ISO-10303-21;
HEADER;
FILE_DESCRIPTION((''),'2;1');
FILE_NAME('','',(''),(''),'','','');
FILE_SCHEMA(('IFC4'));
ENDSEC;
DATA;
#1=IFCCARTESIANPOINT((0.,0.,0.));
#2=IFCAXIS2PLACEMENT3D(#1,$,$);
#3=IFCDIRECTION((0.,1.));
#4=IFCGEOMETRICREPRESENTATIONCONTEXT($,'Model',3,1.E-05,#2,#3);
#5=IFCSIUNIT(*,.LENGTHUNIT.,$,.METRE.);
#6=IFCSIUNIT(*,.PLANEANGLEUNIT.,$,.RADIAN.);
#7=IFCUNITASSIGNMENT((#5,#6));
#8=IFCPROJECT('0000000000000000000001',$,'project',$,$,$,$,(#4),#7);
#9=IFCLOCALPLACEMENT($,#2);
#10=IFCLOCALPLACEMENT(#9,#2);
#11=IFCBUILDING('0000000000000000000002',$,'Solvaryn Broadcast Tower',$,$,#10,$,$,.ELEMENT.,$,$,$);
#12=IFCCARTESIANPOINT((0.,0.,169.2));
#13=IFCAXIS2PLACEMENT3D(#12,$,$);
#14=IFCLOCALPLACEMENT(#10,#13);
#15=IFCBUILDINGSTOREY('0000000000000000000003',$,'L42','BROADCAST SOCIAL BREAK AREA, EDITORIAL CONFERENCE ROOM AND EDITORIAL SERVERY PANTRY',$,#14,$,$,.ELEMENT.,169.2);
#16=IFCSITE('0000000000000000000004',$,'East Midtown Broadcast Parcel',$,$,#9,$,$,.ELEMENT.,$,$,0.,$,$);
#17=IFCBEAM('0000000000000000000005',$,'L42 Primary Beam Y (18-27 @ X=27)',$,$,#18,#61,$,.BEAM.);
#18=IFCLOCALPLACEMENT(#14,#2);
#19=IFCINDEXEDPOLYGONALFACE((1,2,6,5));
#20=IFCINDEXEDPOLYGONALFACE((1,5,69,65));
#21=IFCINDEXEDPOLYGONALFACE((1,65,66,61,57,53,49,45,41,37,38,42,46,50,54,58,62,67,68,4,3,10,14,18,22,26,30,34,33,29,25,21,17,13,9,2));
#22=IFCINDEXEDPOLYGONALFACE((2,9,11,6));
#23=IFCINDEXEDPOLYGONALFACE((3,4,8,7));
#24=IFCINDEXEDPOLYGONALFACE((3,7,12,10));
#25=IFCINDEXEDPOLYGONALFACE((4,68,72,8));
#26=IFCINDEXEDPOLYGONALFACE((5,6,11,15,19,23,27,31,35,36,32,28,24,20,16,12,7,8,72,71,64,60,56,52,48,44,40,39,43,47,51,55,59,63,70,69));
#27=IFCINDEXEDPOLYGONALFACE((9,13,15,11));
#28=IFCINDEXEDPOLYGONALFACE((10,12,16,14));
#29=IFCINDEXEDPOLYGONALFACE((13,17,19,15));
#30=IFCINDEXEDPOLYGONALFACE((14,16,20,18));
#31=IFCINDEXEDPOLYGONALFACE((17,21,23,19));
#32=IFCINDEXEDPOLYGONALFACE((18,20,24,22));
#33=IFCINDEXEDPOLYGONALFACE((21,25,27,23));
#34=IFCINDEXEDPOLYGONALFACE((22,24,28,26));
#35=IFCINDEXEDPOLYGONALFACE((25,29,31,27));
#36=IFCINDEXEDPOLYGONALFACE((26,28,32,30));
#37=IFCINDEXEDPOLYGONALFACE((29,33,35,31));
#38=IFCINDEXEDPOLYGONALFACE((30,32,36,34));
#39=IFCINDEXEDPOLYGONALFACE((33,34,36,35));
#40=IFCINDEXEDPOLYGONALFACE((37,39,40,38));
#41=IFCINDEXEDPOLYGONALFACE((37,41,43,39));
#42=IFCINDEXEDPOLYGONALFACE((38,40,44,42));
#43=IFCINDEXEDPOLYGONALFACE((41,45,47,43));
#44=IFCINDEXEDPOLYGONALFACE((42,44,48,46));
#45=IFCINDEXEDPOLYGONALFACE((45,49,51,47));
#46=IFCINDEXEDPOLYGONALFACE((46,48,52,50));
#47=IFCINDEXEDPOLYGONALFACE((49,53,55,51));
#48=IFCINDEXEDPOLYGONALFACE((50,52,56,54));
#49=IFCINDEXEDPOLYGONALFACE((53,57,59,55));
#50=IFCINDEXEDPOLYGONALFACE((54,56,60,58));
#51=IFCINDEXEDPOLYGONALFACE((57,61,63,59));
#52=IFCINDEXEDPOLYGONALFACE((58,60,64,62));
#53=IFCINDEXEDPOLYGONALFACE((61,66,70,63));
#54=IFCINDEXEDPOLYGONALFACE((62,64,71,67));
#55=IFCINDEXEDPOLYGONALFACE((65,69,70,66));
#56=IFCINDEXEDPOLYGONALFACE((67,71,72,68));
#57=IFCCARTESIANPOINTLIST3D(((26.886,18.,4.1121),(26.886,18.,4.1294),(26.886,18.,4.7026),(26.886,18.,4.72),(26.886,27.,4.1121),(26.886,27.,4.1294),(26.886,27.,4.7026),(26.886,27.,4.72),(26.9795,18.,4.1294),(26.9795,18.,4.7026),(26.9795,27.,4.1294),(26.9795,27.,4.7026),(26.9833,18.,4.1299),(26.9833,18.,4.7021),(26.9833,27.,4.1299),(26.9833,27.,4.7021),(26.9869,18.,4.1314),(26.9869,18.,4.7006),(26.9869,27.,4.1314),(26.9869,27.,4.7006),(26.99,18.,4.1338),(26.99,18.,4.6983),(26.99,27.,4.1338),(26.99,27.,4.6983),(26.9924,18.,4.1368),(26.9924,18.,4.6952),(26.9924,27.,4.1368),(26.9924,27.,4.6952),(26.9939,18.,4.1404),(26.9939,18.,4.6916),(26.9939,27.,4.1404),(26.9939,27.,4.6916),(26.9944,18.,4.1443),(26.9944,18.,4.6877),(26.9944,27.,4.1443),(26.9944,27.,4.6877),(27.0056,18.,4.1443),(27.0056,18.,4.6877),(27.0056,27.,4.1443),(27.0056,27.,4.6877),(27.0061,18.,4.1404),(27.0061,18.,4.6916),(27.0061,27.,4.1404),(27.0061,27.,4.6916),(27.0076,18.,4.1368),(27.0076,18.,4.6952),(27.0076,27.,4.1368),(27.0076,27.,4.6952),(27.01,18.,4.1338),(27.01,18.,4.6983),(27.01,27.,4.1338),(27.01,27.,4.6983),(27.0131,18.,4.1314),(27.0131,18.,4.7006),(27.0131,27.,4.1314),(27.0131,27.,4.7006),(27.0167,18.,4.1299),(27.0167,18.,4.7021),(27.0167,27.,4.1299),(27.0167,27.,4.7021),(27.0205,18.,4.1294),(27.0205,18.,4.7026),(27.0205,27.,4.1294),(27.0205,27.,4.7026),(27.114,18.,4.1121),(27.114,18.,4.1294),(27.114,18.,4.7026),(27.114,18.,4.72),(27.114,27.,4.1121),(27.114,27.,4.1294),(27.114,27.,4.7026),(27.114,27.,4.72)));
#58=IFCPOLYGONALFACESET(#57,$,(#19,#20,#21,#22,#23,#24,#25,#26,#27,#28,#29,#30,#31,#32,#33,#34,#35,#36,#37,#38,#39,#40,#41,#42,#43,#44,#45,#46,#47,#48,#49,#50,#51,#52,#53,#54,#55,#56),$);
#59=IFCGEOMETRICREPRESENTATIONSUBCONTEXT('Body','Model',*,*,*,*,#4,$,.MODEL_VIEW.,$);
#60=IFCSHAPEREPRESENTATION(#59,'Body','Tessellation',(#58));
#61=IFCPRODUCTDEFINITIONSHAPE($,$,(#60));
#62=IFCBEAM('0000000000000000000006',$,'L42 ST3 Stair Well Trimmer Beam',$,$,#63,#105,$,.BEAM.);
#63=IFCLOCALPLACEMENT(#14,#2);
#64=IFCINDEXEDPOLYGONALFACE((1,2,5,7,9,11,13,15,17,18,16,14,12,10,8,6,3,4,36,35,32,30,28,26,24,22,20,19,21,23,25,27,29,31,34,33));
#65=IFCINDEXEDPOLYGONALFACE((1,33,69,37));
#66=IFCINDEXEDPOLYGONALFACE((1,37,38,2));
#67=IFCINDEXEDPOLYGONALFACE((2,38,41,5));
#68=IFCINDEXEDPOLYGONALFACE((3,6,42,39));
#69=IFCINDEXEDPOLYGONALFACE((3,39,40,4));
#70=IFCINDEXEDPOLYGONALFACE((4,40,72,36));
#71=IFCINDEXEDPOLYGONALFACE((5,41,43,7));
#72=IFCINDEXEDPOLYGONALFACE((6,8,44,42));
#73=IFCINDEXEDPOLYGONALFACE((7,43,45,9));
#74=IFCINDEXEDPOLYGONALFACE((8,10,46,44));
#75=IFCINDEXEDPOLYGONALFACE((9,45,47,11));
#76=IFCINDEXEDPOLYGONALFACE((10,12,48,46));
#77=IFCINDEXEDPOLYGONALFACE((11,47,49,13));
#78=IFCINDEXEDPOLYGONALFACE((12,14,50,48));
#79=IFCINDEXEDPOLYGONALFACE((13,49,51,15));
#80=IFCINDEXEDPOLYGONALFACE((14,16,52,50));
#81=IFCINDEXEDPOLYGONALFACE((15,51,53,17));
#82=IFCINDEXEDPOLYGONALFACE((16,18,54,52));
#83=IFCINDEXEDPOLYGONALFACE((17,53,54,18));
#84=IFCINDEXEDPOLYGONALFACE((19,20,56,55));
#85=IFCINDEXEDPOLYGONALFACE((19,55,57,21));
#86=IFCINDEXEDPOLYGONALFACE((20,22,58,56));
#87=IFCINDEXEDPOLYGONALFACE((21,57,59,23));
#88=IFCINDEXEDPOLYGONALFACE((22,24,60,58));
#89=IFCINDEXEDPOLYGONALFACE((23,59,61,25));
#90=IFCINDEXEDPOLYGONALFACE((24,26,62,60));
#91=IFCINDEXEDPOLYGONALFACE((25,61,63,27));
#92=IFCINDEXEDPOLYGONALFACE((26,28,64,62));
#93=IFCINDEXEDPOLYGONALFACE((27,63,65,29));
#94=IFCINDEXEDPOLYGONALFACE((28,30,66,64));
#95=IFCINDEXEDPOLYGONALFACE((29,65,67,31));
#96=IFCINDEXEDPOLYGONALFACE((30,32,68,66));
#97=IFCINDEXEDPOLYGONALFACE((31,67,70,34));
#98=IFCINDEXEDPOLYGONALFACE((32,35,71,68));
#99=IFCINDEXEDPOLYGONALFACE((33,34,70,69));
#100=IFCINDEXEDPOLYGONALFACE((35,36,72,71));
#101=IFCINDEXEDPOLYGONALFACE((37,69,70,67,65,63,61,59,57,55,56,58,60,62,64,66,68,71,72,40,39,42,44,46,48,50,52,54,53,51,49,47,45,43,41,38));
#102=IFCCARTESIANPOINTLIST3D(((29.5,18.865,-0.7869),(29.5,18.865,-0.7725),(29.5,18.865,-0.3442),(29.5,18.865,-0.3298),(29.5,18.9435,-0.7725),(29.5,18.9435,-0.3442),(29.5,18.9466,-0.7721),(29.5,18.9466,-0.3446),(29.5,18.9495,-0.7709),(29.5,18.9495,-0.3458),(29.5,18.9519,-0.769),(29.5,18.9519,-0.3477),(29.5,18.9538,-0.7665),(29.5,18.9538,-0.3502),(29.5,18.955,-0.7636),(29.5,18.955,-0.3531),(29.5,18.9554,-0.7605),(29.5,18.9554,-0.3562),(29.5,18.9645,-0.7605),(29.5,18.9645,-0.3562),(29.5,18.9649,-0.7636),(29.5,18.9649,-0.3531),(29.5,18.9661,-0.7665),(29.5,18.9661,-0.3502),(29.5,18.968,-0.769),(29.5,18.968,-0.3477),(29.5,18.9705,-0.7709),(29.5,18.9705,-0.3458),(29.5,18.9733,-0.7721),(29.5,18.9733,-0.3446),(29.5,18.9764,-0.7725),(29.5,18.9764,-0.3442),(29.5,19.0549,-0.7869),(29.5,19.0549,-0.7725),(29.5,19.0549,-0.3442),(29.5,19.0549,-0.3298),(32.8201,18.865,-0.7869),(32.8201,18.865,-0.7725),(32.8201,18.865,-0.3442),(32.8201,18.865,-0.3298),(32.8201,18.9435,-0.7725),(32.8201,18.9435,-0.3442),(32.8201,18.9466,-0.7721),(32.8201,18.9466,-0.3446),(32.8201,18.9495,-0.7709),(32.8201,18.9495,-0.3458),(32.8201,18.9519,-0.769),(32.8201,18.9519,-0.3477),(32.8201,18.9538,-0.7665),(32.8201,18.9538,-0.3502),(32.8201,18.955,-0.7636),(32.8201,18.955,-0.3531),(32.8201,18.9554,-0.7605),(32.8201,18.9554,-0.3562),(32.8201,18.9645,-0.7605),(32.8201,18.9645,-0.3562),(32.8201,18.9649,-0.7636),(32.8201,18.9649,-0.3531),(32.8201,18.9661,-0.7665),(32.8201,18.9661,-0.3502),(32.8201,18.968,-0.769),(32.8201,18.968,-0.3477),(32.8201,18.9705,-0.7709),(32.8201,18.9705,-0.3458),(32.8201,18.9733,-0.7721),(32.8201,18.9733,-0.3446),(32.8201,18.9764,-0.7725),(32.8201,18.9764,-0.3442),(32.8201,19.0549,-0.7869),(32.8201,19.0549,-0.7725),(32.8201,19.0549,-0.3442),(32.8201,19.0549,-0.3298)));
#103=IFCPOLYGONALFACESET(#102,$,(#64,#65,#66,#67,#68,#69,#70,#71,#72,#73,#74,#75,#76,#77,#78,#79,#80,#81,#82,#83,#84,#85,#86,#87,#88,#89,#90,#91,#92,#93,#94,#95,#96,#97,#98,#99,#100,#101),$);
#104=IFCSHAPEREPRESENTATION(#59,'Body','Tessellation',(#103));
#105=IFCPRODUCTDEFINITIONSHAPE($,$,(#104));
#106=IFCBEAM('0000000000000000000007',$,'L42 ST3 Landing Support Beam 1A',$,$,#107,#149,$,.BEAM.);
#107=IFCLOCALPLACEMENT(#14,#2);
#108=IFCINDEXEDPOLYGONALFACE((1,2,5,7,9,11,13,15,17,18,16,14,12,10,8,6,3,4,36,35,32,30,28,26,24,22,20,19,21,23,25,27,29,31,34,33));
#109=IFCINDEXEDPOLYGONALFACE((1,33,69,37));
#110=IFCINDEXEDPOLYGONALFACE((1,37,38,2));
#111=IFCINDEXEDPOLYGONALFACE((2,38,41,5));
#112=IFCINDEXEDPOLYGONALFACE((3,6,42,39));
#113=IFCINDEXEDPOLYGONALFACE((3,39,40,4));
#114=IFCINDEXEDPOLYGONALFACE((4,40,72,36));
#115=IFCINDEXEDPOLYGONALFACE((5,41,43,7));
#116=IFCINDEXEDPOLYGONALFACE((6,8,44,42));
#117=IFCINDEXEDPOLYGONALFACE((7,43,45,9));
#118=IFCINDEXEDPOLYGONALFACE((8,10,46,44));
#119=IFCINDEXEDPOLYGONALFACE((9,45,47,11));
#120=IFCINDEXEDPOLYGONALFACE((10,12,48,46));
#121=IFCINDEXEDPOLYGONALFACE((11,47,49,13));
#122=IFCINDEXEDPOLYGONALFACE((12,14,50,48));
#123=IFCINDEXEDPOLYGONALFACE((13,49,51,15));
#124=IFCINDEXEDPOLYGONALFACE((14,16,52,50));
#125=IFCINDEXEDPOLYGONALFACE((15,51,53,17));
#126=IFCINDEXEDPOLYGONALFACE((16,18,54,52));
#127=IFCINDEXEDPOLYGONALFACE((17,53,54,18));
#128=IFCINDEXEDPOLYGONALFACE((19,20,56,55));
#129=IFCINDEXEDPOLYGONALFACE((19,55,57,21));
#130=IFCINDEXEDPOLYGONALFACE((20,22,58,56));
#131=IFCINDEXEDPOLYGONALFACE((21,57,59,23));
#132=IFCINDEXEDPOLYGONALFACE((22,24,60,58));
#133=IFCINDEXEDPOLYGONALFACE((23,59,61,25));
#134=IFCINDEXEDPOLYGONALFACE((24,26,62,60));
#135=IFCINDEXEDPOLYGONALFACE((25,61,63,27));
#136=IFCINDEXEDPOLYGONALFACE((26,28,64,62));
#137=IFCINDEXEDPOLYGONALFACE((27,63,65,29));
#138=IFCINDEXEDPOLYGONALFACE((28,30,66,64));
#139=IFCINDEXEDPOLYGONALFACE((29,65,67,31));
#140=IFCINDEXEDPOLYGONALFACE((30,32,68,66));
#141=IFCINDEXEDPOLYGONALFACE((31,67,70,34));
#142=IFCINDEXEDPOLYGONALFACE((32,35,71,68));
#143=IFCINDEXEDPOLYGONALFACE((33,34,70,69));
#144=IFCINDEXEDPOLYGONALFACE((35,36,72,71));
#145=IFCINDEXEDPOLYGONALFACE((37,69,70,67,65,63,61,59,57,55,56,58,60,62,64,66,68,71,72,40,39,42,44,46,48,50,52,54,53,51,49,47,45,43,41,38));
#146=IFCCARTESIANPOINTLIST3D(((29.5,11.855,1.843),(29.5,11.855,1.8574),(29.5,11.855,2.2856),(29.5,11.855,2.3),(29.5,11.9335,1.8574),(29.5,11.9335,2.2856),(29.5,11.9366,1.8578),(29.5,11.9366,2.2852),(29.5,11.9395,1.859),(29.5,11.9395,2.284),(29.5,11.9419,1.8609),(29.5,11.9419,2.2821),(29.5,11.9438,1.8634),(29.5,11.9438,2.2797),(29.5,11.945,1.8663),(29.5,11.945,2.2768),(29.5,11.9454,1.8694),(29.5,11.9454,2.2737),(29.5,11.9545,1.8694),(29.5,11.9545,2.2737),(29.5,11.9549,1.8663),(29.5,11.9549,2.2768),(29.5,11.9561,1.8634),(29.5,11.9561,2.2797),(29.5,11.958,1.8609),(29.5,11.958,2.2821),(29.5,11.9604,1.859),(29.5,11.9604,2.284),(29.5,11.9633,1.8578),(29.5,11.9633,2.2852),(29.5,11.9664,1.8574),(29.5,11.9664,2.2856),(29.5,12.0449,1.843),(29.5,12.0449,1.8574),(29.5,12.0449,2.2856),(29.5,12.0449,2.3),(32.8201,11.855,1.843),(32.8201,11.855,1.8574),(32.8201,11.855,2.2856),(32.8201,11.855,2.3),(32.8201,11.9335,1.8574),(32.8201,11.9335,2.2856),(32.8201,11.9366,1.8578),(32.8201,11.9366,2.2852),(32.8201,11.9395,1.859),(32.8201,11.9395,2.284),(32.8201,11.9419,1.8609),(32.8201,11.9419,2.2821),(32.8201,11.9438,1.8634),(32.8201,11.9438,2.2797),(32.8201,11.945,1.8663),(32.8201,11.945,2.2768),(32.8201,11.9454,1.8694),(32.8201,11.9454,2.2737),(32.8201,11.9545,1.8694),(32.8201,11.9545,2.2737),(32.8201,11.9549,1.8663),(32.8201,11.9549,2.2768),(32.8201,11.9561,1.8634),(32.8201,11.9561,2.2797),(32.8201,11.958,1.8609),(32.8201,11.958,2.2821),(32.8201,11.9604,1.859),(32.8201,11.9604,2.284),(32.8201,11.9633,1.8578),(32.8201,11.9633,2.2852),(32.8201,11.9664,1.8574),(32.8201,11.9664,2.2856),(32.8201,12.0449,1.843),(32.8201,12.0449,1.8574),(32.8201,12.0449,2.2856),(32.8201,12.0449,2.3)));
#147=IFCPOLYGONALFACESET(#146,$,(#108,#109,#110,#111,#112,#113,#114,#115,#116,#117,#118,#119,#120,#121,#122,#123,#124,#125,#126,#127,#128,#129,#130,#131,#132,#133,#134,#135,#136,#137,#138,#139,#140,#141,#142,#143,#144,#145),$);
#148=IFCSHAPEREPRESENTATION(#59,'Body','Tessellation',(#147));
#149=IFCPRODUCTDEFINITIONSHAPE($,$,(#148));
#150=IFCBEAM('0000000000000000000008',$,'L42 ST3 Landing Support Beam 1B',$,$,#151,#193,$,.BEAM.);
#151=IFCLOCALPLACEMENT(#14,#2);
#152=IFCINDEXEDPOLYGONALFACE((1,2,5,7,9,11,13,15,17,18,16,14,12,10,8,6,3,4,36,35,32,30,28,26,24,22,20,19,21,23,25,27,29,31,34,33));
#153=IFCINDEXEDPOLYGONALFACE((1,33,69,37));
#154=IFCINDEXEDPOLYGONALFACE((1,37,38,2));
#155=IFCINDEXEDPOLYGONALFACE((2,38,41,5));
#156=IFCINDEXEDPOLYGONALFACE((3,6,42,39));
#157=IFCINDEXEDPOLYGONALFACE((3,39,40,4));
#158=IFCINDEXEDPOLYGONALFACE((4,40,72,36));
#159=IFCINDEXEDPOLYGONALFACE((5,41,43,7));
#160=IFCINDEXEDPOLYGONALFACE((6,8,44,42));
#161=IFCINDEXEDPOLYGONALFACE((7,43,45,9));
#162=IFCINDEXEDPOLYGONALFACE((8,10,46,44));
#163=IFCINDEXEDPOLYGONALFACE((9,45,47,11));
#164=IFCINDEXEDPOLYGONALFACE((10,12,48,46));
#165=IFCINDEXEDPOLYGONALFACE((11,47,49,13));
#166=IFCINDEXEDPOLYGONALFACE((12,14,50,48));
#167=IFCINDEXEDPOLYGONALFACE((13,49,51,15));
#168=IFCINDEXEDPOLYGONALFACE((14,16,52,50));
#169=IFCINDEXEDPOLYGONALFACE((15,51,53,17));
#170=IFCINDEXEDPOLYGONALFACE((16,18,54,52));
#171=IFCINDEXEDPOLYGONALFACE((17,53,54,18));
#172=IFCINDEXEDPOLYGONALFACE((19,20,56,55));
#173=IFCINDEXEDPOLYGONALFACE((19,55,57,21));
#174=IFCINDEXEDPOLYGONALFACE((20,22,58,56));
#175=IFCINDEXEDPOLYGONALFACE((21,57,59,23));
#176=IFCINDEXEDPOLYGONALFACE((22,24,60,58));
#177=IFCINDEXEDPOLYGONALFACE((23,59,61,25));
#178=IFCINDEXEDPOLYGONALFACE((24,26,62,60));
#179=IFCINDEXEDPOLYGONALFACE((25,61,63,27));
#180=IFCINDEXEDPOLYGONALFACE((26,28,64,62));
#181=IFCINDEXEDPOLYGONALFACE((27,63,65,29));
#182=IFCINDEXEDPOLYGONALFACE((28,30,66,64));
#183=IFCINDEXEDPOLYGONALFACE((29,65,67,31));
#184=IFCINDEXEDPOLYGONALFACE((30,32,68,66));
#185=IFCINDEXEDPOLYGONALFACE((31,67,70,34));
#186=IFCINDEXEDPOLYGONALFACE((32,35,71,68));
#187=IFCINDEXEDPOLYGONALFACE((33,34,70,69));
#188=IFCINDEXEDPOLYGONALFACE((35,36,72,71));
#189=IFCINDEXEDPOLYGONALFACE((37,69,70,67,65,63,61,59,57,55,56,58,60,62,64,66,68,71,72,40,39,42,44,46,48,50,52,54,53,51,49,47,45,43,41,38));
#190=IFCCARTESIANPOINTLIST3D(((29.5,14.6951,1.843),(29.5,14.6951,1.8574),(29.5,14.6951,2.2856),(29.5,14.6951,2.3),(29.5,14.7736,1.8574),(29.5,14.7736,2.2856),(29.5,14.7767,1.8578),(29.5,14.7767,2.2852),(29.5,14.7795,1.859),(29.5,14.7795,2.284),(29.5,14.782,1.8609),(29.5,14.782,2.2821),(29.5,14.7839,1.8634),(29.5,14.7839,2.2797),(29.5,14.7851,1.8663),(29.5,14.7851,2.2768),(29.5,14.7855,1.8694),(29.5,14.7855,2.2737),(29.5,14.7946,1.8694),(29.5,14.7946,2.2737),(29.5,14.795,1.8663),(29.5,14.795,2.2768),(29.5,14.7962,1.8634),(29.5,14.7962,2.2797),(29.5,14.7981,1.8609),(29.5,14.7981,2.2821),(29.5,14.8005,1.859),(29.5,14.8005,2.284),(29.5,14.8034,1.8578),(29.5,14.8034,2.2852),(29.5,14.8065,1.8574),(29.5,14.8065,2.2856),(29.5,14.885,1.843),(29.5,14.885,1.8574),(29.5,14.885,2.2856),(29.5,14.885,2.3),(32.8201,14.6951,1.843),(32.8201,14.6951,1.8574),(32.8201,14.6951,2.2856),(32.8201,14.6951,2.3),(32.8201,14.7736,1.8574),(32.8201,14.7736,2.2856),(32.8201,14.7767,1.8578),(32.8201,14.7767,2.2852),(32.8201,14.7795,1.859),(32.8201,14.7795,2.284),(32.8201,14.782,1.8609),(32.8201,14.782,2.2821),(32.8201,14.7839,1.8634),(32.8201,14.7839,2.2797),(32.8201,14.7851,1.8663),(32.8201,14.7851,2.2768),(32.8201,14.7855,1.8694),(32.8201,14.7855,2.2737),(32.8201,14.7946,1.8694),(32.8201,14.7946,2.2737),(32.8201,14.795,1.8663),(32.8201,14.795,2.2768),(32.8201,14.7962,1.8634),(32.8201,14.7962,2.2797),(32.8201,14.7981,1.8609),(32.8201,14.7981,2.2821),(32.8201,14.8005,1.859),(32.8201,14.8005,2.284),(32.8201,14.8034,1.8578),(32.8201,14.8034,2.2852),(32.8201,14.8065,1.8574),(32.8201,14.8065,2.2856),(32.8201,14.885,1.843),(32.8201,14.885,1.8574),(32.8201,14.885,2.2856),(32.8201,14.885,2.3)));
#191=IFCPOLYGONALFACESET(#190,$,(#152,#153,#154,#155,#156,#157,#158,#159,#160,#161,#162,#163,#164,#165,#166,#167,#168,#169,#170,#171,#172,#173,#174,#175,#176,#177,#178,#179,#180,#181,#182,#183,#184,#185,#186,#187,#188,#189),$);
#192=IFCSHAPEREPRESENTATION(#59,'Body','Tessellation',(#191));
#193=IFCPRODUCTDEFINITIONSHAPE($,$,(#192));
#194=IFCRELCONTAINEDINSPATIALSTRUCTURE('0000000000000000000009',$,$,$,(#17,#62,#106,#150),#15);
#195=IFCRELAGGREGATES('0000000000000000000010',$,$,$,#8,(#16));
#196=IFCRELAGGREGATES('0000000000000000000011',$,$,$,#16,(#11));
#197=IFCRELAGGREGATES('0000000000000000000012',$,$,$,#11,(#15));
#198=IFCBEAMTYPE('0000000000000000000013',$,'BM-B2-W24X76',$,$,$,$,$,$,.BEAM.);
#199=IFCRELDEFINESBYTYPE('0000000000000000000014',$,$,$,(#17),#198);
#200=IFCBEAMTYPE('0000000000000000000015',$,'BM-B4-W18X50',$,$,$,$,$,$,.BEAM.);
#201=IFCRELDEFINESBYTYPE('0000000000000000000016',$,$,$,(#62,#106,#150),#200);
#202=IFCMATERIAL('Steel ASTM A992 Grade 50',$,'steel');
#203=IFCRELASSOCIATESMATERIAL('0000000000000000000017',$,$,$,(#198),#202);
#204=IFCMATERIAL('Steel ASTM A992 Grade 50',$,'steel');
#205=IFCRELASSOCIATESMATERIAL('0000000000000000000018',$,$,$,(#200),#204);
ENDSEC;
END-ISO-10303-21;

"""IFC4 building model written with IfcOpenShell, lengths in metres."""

from ifc_helpers import new_model, si_unit, direction, frame, origin, origin_2d, place, context, subcontext, project, spatial, i_section, extrude, material, material_profile, profile_set, type_object, element, save


model = new_model("IFC4")

# Units and contexts
model_context = context("Model", 3, precision=1e-05, world=origin(), true_north=direction((0.0, 1.0)))
body_context = subcontext(model_context, "Body", "Model", "MODEL_VIEW")
ifc_project = project(units=[si_unit("LENGTHUNIT", "METRE"), si_unit("PLANEANGLEUNIT", "RADIAN")], contexts=[model_context])

# Site, building, storey
site_placement = place(None, origin())
site = spatial("IfcSite", under=ifc_project, at=site_placement, Name="East Midtown Broadcast Parcel", CompositionType="ELEMENT", RefElevation=0.0)
building_placement = place(site_placement, origin())
building = spatial("IfcBuilding", under=site, at=building_placement, Name="Solvaryn Broadcast Tower", CompositionType="ELEMENT")
storey_placement = place(building_placement, frame((0.0, 0.0, 169.2)))
storey = spatial("IfcBuildingStorey", under=building, at=storey_placement, Name="L42", Description="BROADCAST SOCIAL BREAK AREA, EDITORIAL CONFERENCE ROOM AND EDITORIAL SERVERY PANTRY", CompositionType="ELEMENT", Elevation=169.2)

# Beams
ifc_material_1 = material(Name="Steel ASTM A992 Grade 50", Category="steel")
ifc_material_profile_1 = material_profile(ifc_material_1, i_section(OverallWidth=0.228, OverallDepth=0.6079, WebThickness=0.0112, FlangeThickness=0.0173, FilletRadius=0.0149, at=origin_2d()))
ifc_profile_set_1 = profile_set([ifc_material_profile_1], Name="Steel ASTM A992 Grade 50")
beam_type_1 = type_object("IfcBeamType", Name="BM-B2-W24X76", PredefinedType="BEAM", material=ifc_profile_set_1)
beam_1_placement = place(storey_placement, frame((27.0, 18.0, 4.416), z_axis=(0.0, 1.0, 0.0), x_axis=(-1.0, 0.0, 0.0)))
element("IfcBeam", 1, at=beam_1_placement, inside=storey, type_object=beam_type_1, Name="L42 Primary Beam Y (18-27 @ X=27)", PredefinedType="BEAM", context=body_context, shape_type="SweptSolid", body=[
    extrude(i_section(OverallWidth=0.228, OverallDepth=0.6079, WebThickness=0.0112, FlangeThickness=0.0173, FilletRadius=0.0149, at=origin_2d()), origin(), (0.0, 0.0, 1.0), 9.0),
])
ifc_material_2 = material(Name="Steel ASTM A992 Grade 50", Category="steel")
ifc_material_profile_2 = material_profile(ifc_material_2, i_section(OverallWidth=0.1899, OverallDepth=0.457, WebThickness=0.009, FlangeThickness=0.0144, FilletRadius=0.012, at=origin_2d()))
ifc_profile_set_2 = profile_set([ifc_material_profile_2], Name="Steel ASTM A992 Grade 50")
beam_type_2 = type_object("IfcBeamType", Name="BM-B4-W18X50", PredefinedType="BEAM", material=ifc_profile_set_2)
for number, where, z_axis, x_axis, name in (
    (2, (29.5, 18.96, -0.5583), (1.0, 0.0, 0.0), (0.0, 1.0, 0.0), "L42 ST3 Stair Well Trimmer Beam"),
    (3, (29.5, 11.95, 2.0715), (1.0, 0.0, 0.0), (0.0, 1.0, 0.0), "L42 ST3 Landing Support Beam 1A"),
    (4, (29.5, 14.79, 2.0715), (1.0, 0.0, 0.0), (0.0, 1.0, 0.0), "L42 ST3 Landing Support Beam 1B"),
):
    element("IfcBeam", number, at=place(storey_placement, frame(where, z_axis=z_axis, x_axis=x_axis)), inside=storey, type_object=beam_type_2, Name=name, PredefinedType="BEAM", context=body_context, shape_type="SweptSolid", body=[
        extrude(i_section(OverallWidth=0.1899, OverallDepth=0.457, WebThickness=0.009, FlangeThickness=0.0144, FilletRadius=0.012, at=origin_2d()), origin(), (0.0, 0.0, 1.0), 3.3201),
    ])

save(model, "model.ifc")
